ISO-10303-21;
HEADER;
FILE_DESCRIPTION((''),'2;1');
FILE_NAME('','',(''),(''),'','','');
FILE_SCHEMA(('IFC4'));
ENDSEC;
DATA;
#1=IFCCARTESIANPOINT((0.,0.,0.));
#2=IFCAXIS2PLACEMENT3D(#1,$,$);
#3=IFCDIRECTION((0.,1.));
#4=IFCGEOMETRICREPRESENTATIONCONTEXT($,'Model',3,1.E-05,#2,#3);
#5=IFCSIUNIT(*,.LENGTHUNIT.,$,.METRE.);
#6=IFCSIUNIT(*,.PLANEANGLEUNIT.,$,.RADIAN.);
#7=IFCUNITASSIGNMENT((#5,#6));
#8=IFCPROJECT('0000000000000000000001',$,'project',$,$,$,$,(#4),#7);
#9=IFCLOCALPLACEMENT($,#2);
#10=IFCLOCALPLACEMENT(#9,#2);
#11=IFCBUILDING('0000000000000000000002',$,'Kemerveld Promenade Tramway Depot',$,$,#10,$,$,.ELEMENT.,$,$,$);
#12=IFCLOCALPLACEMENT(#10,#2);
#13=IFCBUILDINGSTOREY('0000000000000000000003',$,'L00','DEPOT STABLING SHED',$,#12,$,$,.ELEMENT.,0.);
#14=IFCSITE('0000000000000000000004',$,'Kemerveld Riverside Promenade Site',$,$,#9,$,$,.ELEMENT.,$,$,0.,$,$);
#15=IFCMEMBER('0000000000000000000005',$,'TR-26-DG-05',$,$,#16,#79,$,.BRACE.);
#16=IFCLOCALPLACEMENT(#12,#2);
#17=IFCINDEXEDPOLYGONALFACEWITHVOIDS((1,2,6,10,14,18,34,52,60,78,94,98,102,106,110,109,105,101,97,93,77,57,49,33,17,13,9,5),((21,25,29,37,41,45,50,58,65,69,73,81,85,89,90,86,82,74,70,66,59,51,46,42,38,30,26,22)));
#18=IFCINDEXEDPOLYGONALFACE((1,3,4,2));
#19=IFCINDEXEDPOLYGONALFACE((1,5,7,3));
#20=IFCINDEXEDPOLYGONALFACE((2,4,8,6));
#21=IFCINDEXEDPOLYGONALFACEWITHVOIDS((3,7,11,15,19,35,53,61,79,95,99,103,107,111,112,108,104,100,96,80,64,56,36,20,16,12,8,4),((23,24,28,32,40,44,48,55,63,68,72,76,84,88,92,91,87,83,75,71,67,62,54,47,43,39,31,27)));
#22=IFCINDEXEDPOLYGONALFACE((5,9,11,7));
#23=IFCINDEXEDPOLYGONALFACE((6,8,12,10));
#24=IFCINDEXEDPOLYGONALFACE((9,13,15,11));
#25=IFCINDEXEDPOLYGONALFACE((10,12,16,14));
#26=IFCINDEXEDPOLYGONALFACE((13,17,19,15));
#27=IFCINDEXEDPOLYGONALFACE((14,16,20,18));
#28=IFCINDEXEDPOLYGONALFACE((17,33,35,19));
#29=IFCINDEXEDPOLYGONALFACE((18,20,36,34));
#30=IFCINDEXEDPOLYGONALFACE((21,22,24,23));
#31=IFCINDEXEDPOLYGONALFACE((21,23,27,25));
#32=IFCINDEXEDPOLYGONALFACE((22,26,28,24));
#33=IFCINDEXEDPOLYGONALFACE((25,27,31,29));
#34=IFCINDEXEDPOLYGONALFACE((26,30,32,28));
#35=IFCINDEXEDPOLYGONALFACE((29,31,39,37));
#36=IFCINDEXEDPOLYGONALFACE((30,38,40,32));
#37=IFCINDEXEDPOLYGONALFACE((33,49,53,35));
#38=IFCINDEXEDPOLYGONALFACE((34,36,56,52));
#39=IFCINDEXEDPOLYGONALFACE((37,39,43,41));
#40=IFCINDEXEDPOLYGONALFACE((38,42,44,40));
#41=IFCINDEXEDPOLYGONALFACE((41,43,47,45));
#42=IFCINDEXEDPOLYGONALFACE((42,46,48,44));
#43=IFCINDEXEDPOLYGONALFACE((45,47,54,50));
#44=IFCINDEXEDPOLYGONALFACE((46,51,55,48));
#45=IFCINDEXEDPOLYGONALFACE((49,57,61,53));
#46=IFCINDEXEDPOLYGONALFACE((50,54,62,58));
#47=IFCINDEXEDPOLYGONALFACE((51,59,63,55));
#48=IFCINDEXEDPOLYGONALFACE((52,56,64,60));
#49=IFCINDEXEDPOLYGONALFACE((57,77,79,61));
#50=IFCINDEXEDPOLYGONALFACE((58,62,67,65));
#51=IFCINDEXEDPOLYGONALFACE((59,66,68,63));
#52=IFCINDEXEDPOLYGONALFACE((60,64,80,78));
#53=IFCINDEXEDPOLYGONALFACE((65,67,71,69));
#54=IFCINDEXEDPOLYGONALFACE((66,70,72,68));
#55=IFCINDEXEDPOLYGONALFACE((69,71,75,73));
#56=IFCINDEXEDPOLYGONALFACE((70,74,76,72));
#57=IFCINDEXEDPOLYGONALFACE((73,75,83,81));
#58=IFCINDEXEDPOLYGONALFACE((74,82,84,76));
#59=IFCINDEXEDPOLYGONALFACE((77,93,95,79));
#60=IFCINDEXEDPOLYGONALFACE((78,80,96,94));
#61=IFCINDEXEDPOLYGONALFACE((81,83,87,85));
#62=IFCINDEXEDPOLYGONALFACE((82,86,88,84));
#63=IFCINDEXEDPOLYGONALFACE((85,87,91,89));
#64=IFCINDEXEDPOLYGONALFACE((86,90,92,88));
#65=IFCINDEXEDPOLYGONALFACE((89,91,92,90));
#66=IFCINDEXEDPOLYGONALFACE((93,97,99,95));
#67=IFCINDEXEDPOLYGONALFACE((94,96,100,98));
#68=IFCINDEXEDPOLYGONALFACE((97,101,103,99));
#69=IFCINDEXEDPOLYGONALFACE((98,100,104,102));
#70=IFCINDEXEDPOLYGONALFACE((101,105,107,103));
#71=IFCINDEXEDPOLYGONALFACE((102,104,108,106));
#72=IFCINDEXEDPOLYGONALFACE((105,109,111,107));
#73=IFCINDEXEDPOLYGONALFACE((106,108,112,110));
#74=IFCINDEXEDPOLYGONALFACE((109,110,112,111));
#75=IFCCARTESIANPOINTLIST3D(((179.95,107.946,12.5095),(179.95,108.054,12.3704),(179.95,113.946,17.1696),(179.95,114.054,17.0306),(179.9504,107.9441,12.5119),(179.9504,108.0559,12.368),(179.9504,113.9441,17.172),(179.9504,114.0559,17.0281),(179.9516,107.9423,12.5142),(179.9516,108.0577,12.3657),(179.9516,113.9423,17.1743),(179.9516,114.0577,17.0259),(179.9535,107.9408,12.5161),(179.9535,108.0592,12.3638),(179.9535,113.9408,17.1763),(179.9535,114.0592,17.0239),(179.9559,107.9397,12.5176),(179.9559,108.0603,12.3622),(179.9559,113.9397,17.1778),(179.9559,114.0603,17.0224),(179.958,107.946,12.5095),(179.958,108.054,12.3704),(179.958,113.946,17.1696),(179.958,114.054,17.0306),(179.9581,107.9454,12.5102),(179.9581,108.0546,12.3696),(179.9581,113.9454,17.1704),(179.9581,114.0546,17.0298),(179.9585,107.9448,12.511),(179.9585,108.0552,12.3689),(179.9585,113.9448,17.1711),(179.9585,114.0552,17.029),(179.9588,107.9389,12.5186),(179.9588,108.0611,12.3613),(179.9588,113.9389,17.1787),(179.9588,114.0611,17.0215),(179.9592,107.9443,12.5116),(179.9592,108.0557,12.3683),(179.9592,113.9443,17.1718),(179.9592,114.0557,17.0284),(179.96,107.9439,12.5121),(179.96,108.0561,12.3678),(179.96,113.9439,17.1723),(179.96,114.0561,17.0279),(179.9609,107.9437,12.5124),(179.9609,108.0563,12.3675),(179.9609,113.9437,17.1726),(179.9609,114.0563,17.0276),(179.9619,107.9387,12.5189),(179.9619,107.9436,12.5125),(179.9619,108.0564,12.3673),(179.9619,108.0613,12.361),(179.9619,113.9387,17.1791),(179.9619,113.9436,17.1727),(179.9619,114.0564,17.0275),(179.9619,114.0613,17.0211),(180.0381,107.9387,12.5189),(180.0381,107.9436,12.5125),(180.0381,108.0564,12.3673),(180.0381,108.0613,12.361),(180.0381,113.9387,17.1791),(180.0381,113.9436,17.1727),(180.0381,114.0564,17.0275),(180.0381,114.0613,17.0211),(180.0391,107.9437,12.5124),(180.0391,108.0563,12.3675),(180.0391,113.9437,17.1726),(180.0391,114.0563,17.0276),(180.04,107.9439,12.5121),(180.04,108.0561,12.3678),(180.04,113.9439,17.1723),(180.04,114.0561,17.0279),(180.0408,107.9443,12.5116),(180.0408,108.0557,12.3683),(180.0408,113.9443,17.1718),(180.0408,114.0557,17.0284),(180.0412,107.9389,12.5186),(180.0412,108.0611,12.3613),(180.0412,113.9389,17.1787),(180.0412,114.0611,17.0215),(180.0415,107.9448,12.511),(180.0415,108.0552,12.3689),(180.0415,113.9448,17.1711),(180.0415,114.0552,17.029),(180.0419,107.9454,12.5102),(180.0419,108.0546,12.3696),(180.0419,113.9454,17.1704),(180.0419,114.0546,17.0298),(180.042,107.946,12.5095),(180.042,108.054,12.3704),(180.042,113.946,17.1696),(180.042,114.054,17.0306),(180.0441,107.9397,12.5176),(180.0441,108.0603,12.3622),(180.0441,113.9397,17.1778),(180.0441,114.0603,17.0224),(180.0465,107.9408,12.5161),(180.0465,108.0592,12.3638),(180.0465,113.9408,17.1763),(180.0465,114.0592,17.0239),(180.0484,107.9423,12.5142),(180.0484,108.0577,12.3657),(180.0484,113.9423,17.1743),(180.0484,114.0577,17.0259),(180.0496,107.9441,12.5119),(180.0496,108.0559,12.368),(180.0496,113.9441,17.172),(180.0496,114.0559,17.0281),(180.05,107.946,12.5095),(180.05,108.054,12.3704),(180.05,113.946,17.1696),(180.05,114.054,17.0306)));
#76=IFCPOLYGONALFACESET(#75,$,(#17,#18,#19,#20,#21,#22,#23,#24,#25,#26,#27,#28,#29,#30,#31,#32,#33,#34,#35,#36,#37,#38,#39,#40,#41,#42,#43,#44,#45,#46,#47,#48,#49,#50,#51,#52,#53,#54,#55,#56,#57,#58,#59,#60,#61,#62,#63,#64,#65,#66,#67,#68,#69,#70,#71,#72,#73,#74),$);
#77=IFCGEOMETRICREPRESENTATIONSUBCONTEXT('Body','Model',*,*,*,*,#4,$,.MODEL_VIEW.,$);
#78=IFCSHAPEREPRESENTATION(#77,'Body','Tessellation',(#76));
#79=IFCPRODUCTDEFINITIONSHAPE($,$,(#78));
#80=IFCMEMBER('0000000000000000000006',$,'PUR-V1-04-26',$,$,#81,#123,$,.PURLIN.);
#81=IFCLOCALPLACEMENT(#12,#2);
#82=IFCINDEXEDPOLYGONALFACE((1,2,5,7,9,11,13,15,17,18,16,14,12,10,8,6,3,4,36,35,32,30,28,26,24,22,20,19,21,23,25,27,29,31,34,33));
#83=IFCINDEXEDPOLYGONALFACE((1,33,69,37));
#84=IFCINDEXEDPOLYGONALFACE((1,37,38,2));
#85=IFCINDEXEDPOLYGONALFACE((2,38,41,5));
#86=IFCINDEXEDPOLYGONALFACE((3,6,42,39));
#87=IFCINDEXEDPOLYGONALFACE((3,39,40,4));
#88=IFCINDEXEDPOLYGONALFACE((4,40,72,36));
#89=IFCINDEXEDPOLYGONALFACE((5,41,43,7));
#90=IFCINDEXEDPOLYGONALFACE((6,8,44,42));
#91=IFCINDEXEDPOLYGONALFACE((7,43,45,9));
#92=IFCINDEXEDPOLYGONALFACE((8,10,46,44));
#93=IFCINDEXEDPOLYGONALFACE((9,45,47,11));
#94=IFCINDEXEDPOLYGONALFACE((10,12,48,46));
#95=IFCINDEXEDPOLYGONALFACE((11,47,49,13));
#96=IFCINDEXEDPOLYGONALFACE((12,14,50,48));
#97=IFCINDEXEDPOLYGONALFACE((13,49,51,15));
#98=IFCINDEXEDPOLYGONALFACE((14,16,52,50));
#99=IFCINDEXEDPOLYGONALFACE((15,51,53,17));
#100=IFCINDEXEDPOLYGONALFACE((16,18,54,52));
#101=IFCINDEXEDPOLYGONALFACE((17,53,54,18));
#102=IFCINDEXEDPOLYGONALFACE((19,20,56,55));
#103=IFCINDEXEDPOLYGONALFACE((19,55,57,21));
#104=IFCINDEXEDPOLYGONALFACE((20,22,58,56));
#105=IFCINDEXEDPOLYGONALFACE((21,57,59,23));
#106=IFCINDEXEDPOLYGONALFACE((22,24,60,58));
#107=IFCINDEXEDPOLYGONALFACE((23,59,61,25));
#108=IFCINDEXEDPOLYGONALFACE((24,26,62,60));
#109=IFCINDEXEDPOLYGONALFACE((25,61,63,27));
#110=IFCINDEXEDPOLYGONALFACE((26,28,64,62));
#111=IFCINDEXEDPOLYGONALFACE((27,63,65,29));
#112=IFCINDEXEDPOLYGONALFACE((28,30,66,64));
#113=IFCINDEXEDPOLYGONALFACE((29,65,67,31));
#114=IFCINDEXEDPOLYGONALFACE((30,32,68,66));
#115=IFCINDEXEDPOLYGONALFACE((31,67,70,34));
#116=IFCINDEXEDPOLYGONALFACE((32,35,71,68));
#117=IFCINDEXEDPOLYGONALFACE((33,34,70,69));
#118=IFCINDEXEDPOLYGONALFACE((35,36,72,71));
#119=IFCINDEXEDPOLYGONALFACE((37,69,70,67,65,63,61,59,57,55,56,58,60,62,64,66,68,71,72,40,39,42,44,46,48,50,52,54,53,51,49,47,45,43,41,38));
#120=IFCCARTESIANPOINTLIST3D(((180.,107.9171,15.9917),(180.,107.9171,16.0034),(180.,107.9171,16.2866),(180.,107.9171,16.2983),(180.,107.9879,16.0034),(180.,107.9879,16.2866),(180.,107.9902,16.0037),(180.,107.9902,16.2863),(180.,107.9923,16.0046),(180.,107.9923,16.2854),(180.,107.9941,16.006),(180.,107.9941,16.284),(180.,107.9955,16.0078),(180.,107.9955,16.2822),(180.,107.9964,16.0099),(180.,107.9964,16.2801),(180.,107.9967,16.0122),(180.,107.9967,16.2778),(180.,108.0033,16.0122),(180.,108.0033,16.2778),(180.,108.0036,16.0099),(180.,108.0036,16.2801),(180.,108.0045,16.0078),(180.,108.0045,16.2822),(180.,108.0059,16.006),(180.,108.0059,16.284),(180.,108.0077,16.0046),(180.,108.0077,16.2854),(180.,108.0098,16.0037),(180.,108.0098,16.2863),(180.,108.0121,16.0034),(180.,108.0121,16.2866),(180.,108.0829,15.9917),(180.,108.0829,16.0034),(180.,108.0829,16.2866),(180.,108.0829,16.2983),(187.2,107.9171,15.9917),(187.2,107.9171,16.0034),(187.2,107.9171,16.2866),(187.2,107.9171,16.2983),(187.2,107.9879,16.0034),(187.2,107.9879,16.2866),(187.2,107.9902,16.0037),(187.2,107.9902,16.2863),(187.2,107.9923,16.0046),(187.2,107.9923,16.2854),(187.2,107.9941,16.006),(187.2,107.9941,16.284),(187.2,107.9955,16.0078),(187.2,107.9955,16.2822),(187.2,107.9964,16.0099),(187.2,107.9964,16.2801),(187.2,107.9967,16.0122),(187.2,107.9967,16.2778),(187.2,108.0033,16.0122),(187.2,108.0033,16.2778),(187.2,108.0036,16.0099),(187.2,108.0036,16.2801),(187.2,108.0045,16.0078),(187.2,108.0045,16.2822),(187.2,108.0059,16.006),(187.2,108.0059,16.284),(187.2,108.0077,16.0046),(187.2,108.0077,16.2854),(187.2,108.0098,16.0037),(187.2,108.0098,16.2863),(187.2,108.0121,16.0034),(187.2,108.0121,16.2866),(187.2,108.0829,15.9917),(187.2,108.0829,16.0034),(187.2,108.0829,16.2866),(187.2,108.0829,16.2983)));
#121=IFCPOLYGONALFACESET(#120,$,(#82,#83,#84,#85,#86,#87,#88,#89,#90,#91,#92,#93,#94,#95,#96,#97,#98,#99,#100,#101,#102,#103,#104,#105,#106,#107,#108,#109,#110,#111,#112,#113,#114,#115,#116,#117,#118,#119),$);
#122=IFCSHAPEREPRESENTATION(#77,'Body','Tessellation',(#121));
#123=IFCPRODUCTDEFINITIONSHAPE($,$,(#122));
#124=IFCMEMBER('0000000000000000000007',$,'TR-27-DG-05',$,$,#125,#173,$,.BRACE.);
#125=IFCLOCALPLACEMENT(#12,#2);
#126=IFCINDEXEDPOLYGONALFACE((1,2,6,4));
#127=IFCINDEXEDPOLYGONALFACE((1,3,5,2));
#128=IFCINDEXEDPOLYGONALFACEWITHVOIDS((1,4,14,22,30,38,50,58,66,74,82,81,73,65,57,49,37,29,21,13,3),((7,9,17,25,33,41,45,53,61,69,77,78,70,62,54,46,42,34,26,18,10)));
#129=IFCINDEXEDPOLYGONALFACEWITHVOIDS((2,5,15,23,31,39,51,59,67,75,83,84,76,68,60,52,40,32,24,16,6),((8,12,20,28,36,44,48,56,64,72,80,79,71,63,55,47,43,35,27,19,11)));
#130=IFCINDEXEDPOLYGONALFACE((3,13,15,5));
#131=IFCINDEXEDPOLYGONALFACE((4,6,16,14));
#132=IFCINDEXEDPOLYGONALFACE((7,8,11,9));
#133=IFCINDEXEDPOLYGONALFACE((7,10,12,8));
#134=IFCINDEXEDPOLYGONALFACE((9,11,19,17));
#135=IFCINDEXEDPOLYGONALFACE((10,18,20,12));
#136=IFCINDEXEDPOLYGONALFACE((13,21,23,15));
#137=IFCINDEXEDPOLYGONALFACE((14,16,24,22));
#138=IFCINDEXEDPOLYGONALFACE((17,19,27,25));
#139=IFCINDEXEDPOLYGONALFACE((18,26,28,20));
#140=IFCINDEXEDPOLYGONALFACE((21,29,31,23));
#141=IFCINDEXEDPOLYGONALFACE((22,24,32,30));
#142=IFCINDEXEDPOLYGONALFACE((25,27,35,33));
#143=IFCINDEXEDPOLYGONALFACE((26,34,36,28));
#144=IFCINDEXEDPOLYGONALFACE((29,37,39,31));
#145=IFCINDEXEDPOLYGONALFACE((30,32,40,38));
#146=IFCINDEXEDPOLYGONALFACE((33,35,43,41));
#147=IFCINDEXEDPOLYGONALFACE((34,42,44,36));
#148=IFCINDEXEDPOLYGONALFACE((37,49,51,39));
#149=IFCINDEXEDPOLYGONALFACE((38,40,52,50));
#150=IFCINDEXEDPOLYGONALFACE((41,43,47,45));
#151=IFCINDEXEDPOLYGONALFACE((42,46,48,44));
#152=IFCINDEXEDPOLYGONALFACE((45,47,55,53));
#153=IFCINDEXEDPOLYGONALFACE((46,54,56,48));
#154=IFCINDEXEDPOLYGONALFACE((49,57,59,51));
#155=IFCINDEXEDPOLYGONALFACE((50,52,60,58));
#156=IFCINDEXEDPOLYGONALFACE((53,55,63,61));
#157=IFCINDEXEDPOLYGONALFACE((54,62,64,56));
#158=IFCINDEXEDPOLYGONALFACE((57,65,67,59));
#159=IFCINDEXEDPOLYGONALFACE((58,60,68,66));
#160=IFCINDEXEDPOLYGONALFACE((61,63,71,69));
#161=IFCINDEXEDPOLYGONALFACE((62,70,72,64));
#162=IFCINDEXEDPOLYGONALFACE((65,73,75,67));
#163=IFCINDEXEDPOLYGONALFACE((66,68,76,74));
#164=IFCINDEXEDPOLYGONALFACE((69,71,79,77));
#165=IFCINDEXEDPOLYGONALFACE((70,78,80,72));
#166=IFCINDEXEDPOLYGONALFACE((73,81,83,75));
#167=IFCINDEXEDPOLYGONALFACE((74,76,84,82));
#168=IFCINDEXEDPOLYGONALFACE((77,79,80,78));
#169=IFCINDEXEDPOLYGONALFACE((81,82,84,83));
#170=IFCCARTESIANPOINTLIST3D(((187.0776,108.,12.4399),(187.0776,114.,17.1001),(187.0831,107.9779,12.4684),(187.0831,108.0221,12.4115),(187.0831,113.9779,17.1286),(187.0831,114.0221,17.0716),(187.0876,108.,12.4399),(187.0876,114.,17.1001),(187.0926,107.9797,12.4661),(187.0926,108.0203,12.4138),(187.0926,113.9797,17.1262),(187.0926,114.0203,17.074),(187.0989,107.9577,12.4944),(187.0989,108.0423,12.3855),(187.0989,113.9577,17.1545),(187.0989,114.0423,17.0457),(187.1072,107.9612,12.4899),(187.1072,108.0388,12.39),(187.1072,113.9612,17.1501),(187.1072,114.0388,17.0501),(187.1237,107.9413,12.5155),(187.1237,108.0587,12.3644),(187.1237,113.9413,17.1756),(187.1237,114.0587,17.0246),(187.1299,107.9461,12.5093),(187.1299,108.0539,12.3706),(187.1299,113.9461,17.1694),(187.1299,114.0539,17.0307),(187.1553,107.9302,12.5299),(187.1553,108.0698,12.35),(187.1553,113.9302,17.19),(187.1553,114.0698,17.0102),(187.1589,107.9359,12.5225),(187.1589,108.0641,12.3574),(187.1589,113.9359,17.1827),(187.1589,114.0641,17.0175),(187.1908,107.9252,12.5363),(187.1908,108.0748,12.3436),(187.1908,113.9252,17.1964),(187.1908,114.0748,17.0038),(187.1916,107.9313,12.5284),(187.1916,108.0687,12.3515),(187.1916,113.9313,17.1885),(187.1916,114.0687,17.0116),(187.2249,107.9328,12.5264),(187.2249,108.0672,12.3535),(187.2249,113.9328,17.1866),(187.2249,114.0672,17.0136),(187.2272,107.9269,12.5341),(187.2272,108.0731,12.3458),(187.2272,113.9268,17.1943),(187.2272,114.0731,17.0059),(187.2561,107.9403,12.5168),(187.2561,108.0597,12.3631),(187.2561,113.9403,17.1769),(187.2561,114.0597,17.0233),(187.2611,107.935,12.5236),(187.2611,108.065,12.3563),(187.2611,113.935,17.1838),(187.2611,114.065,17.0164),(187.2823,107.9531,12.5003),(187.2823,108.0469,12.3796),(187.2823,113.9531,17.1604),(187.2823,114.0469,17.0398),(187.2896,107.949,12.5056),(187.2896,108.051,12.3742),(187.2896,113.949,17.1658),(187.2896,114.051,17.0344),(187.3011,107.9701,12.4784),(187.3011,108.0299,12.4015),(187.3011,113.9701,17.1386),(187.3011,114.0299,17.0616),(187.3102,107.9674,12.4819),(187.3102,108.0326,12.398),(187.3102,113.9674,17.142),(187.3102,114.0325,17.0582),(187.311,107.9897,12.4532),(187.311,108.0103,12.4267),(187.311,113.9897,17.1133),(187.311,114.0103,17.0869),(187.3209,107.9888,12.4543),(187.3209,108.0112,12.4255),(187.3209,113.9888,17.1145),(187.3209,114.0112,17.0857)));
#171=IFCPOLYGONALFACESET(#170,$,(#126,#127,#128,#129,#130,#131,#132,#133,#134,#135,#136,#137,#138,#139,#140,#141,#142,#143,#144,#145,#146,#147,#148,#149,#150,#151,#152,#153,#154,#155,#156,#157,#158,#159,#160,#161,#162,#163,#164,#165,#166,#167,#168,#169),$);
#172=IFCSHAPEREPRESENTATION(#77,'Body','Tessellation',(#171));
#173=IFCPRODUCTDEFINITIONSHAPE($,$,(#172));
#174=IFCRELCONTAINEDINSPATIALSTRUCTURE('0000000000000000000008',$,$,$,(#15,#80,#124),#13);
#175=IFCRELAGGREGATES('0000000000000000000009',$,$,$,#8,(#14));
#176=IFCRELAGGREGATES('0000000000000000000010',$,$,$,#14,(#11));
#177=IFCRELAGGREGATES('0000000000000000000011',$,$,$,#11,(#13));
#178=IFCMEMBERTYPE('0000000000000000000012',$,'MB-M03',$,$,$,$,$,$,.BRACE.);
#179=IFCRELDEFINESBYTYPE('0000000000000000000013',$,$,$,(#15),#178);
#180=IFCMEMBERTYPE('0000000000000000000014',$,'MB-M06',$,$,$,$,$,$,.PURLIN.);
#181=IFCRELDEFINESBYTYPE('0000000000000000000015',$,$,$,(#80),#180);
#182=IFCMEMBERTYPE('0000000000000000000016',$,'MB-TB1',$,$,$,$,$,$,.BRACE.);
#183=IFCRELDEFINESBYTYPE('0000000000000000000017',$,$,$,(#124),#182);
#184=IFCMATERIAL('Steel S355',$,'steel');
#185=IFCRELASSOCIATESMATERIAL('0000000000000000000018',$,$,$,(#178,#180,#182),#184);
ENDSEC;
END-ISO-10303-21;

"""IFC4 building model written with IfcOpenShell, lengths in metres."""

from ifc_helpers import new_model, si_unit, direction, frame, origin, origin_2d, place, context, subcontext, project, spatial, hollow_rectangle, hollow_circle, i_section, extrude, material, material_profile, profile_set, type_object, element, save


model = new_model("IFC4")

# Units and contexts
model_context = context("Model", 3, precision=1e-05, world=origin(), true_north=direction((0.0, 1.0)))
body_context = subcontext(model_context, "Body", "Model", "MODEL_VIEW")
ifc_project = project(units=[si_unit("LENGTHUNIT", "METRE"), si_unit("PLANEANGLEUNIT", "RADIAN")], contexts=[model_context])

# Site, building, storey
site_placement = place(None, origin())
site = spatial("IfcSite", under=ifc_project, at=site_placement, Name="Kemerveld Riverside Promenade Site", CompositionType="ELEMENT", RefElevation=0.0)
building_placement = place(site_placement, origin())
building = spatial("IfcBuilding", under=site, at=building_placement, Name="Kemerveld Promenade Tramway Depot", CompositionType="ELEMENT")
storey_placement = place(building_placement, origin())
storey = spatial("IfcBuildingStorey", under=building, at=storey_placement, Name="L00", Description="DEPOT STABLING SHED", CompositionType="ELEMENT", Elevation=0.0)

# Shared definitions
ifc_material_1 = material(Name="Steel S355", Category="steel")

# Members
ifc_material_profile_1 = material_profile(ifc_material_1, hollow_rectangle(XDim=0.1001, YDim=0.2, WallThickness=0.0081, InnerFilletRadius=0.0039, OuterFilletRadius=0.012, at=origin_2d()), Name="200x100x8.0 RHS")
ifc_profile_set_1 = profile_set([ifc_material_profile_1], Name="Steel S355")
member_type_1 = type_object("IfcMemberType", Name="MB-M03", PredefinedType="BRACE", material=ifc_profile_set_1)
member_1_placement = place(storey_placement, frame((180.0, 108.0, 12.4399), z_axis=(0.0, 0.789767, 0.613407), x_axis=(-1.0, 0.0, 0.0)))
element("IfcMember", 1, at=member_1_placement, inside=storey, type_object=member_type_1, Name="TR-26-DG-05", PredefinedType="BRACE", context=body_context, shape_type="SweptSolid", body=[
    extrude(hollow_rectangle(XDim=0.1001, YDim=0.2, WallThickness=0.0081, InnerFilletRadius=0.0039, OuterFilletRadius=0.012, at=origin_2d()), origin(), (0.0, 0.0, 1.0), 7.5972),
])
ifc_material_profile_2 = material_profile(ifc_material_1, i_section(OverallWidth=0.1658, OverallDepth=0.3066, WebThickness=0.0066, FlangeThickness=0.0117, FilletRadius=0.0088, at=origin_2d()), Name="305x165x46 UB")
ifc_profile_set_2 = profile_set([ifc_material_profile_2], Name="Steel S355")
member_type_2 = type_object("IfcMemberType", Name="MB-M06", PredefinedType="PURLIN", material=ifc_profile_set_2)
member_2_placement = place(storey_placement, frame((180.0, 108.0, 16.145), z_axis=(1.0, 0.0, 0.0), x_axis=(0.0, 1.0, 0.0)))
element("IfcMember", 2, at=member_2_placement, inside=storey, type_object=member_type_2, Name="PUR-V1-04-26", PredefinedType="PURLIN", context=body_context, shape_type="SweptSolid", body=[
    extrude(i_section(OverallWidth=0.1658, OverallDepth=0.3066, WebThickness=0.0066, FlangeThickness=0.0117, FilletRadius=0.0088, at=origin_2d()), origin(), (0.0, 0.0, 1.0), 7.2),
])
ifc_material_profile_3 = material_profile(ifc_material_1, hollow_circle(Radius=0.1223, WallThickness=0.01, at=origin_2d()), Name="244.5x10.0 CHS")
ifc_profile_set_3 = profile_set([ifc_material_profile_3], Name="Steel S355")
member_type_3 = type_object("IfcMemberType", Name="MB-TB1", PredefinedType="BRACE", material=ifc_profile_set_3)
member_3_placement = place(storey_placement, frame((187.2, 108.0, 12.4399), z_axis=(0.0, 0.789767, 0.613407), x_axis=(-1.0, 0.0, 0.0)))
element("IfcMember", 3, at=member_3_placement, inside=storey, type_object=member_type_3, Name="TR-27-DG-05", PredefinedType="BRACE", context=body_context, shape_type="SweptSolid", body=[
    extrude(hollow_circle(Radius=0.1223, WallThickness=0.01, at=origin_2d()), origin(), (0.0, 0.0, 1.0), 7.5972),
])

save(model, "model.ifc")
